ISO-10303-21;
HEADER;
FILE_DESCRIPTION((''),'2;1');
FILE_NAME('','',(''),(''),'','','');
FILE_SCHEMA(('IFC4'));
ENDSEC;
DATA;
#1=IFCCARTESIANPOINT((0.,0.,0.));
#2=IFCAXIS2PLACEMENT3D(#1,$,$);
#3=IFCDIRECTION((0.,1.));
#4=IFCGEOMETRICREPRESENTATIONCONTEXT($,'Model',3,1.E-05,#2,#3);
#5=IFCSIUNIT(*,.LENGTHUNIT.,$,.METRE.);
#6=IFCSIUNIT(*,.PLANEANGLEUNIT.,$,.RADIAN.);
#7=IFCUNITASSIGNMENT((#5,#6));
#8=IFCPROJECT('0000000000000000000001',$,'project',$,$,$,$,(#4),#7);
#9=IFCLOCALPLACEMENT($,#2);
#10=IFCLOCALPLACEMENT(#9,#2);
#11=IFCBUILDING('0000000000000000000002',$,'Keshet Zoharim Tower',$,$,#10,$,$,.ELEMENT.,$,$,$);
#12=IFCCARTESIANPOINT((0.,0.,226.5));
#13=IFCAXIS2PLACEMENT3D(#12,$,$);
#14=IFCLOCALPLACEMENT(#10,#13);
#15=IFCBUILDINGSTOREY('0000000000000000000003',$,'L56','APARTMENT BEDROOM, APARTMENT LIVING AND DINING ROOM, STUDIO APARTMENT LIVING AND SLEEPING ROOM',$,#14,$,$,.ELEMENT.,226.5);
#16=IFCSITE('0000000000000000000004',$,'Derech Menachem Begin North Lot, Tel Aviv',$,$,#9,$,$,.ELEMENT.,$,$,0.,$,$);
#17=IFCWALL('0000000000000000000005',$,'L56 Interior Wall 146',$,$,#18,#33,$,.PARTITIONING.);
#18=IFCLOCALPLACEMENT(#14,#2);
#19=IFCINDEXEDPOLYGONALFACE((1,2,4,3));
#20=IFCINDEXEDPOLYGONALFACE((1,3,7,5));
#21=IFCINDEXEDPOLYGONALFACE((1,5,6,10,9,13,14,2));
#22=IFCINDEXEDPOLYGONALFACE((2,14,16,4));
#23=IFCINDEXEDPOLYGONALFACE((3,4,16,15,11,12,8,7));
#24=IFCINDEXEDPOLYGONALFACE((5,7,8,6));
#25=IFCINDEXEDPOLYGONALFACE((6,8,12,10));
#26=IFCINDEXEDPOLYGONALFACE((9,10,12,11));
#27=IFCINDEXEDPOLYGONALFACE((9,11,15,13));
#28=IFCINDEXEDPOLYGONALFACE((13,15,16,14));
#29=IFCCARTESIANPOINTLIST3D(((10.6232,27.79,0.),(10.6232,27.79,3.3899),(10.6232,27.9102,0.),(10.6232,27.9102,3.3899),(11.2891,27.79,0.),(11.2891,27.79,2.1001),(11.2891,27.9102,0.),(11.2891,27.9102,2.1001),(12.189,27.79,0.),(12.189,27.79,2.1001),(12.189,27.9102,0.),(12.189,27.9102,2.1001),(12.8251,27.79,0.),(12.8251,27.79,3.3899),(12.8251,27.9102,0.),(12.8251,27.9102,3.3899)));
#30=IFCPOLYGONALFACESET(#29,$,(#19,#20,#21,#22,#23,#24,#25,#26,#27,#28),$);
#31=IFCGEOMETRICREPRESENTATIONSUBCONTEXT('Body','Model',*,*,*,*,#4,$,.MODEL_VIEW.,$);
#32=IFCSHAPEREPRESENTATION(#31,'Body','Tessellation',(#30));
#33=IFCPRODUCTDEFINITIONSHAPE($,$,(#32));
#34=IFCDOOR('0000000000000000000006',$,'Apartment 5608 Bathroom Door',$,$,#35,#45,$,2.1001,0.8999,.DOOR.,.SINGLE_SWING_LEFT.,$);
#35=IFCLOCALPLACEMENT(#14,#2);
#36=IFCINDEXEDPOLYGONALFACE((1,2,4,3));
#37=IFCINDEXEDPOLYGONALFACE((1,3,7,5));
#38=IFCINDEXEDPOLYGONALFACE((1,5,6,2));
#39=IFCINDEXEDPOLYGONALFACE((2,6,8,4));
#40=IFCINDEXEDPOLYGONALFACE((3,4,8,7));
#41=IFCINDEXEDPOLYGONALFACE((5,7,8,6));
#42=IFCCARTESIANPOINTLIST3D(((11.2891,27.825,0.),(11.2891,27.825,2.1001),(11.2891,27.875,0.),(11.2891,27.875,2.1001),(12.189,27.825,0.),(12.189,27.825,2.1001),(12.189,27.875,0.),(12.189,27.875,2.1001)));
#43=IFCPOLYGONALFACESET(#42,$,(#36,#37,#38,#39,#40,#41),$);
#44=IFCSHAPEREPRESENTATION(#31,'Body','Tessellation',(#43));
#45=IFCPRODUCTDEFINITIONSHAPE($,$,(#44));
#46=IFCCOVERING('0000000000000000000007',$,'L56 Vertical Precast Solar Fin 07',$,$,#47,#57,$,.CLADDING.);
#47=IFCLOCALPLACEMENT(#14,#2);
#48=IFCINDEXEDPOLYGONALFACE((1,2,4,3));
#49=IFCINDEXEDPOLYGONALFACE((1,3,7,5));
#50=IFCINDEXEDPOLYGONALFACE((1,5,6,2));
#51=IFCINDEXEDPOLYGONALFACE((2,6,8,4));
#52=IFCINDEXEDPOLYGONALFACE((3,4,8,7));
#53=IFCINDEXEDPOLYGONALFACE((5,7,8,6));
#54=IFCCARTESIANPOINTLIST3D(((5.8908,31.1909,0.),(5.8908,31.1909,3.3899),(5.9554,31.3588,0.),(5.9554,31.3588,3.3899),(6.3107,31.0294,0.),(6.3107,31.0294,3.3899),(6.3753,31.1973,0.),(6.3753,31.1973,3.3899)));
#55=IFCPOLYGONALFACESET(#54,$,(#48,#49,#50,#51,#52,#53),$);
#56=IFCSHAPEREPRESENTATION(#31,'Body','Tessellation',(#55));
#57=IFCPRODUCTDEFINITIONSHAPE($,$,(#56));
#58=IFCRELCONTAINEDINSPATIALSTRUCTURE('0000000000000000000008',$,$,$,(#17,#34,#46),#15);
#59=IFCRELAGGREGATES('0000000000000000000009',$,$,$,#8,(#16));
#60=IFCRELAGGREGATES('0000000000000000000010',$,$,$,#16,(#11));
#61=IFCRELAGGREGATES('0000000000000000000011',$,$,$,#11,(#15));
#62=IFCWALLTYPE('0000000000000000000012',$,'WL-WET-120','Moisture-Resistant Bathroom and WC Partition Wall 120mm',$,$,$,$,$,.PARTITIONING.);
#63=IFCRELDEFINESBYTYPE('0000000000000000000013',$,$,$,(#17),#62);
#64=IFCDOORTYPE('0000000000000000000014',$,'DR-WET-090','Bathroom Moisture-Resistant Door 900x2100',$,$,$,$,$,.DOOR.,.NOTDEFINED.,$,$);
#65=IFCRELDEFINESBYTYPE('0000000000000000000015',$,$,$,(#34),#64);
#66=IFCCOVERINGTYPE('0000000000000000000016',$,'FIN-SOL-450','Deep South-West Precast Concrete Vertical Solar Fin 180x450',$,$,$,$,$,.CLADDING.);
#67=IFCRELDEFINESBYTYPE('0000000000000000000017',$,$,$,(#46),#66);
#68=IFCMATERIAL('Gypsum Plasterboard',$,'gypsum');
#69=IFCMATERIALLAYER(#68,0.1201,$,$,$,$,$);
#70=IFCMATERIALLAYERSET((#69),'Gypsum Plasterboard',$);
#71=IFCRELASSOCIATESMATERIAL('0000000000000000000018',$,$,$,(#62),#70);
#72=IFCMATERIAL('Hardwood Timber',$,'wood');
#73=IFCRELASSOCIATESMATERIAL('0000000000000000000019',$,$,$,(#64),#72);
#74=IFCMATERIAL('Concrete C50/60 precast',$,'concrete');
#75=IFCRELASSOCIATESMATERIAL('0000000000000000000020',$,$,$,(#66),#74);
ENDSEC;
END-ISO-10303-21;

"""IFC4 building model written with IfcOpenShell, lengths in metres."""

from ifc_helpers import new_model, si_unit, direction, frame, frame_2d, origin, origin_2d, place, context, subcontext, project, spatial, rectangle, extrude, material, layer, layer_set, type_object, element, fill, save


model = new_model("IFC4")

# Units and contexts
model_context = context("Model", 3, precision=1e-05, world=origin(), true_north=direction((0.0, 1.0)))
body_context = subcontext(model_context, "Body", "Model", "MODEL_VIEW")
ifc_project = project(units=[si_unit("LENGTHUNIT", "METRE"), si_unit("PLANEANGLEUNIT", "RADIAN")], contexts=[model_context])

# Site, building, storey
site_placement = place(None, origin())
site = spatial("IfcSite", under=ifc_project, at=site_placement, Name="Derech Menachem Begin North Lot, Tel Aviv", CompositionType="ELEMENT", RefElevation=0.0)
building_placement = place(site_placement, origin())
building = spatial("IfcBuilding", under=site, at=building_placement, Name="Keshet Zoharim Tower", CompositionType="ELEMENT")
storey_placement = place(building_placement, frame((0.0, 0.0, 226.5)))
storey = spatial("IfcBuildingStorey", under=building, at=storey_placement, Name="L56", Description="APARTMENT BEDROOM, APARTMENT LIVING AND DINING ROOM, STUDIO APARTMENT LIVING AND SLEEPING ROOM", CompositionType="ELEMENT", Elevation=226.5)

# Shared definitions
ifc_material_1 = material(Name="Hardwood Timber", Category="wood")

# Shared definitions
ifc_material_2 = material(Name="Gypsum Plasterboard", Category="gypsum")

# Shared definitions
ifc_layer_1 = layer(ifc_material_2, 0.1201)
ifc_layer_set_1 = layer_set([ifc_layer_1], Name="Gypsum Plasterboard")
wall_type_1 = type_object("IfcWallType", Name="WL-WET-120", Description="Moisture-Resistant Bathroom and WC Partition Wall 120mm", PredefinedType="PARTITIONING", material=ifc_layer_set_1)

# Wall, opening, door
wall_1_placement = place(storey_placement, frame((10.623, 27.8501, 0.0), z_axis=(0.0, 0.0, 1.0), x_axis=(1.0, 0.0, 0.0)))
wall_1 = element("IfcWall", 1, at=wall_1_placement, inside=storey, type_object=wall_type_1, Name="L56 Interior Wall 146", PredefinedType="PARTITIONING", context=body_context, shape_type="SweptSolid", body=[
    extrude(rectangle(XDim=2.2019, YDim=0.1201, at=frame_2d((1.1011, 0.0))), origin(), (0.0, 0.0, 1.0), 3.3899),
])
opening_1_placement = place(wall_1_placement, frame((0.666, 0.0, 0.0)))
opening_1 = element("IfcOpeningElement", 2, at=opening_1_placement, cuts=wall_1, PredefinedType="OPENING", context=body_context, shape_type="SweptSolid", body=[
    extrude(rectangle(XDim=0.8999, YDim=2.1001, at=frame_2d((0.45, 1.05))), frame((0.0, 0.0701, 0.0), z_axis=(0.0, -1.0, 0.0), x_axis=(1.0, 0.0, 0.0)), (0.0, 0.0, 1.0), 0.1401),
])
door_type_1 = type_object("IfcDoorType", Name="DR-WET-090", Description="Bathroom Moisture-Resistant Door 900x2100", OperationType="NOTDEFINED", PredefinedType="DOOR", material=ifc_material_1)
door_1_placement = place(opening_1_placement, origin())
door_1 = element("IfcDoor", 3, at=door_1_placement, inside=storey, type_object=door_type_1, Name="Apartment 5608 Bathroom Door", OperationType="SINGLE_SWING_LEFT", OverallHeight=2.1001, OverallWidth=0.8999, PredefinedType="DOOR", context=body_context, shape_type="SweptSolid", body=[
    extrude(rectangle(XDim=0.8999, YDim=2.1001, at=frame_2d((0.45, 1.05))), frame((0.0, 0.0249, 0.0), z_axis=(0.0, -1.0, 0.0), x_axis=(1.0, 0.0, 0.0)), (0.0, 0.0, 1.0), 0.05),
])
fill(opening_1, door_1)

# Covering
ifc_material_3 = material(Name="Concrete C50/60 precast", Category="concrete")
covering_type = type_object("IfcCoveringType", Name="FIN-SOL-450", Description="Deep South-West Precast Concrete Vertical Solar Fin 180x450", PredefinedType="CLADDING", material=ifc_material_3)
covering_placement = place(storey_placement, frame((6.1331, 31.1941, 0.0), z_axis=(0.0, 0.0, 1.0), x_axis=(0.35899, 0.933341, 0.0)))
element("IfcCovering", 4, at=covering_placement, inside=storey, type_object=covering_type, Name="L56 Vertical Precast Solar Fin 07", PredefinedType="CLADDING", context=body_context, shape_type="SweptSolid", body=[
    extrude(rectangle(XDim=0.1799, YDim=0.45, at=origin_2d()), origin(), (0.0, 0.0, 1.0), 3.3899),
])

save(model, "model.ifc")
